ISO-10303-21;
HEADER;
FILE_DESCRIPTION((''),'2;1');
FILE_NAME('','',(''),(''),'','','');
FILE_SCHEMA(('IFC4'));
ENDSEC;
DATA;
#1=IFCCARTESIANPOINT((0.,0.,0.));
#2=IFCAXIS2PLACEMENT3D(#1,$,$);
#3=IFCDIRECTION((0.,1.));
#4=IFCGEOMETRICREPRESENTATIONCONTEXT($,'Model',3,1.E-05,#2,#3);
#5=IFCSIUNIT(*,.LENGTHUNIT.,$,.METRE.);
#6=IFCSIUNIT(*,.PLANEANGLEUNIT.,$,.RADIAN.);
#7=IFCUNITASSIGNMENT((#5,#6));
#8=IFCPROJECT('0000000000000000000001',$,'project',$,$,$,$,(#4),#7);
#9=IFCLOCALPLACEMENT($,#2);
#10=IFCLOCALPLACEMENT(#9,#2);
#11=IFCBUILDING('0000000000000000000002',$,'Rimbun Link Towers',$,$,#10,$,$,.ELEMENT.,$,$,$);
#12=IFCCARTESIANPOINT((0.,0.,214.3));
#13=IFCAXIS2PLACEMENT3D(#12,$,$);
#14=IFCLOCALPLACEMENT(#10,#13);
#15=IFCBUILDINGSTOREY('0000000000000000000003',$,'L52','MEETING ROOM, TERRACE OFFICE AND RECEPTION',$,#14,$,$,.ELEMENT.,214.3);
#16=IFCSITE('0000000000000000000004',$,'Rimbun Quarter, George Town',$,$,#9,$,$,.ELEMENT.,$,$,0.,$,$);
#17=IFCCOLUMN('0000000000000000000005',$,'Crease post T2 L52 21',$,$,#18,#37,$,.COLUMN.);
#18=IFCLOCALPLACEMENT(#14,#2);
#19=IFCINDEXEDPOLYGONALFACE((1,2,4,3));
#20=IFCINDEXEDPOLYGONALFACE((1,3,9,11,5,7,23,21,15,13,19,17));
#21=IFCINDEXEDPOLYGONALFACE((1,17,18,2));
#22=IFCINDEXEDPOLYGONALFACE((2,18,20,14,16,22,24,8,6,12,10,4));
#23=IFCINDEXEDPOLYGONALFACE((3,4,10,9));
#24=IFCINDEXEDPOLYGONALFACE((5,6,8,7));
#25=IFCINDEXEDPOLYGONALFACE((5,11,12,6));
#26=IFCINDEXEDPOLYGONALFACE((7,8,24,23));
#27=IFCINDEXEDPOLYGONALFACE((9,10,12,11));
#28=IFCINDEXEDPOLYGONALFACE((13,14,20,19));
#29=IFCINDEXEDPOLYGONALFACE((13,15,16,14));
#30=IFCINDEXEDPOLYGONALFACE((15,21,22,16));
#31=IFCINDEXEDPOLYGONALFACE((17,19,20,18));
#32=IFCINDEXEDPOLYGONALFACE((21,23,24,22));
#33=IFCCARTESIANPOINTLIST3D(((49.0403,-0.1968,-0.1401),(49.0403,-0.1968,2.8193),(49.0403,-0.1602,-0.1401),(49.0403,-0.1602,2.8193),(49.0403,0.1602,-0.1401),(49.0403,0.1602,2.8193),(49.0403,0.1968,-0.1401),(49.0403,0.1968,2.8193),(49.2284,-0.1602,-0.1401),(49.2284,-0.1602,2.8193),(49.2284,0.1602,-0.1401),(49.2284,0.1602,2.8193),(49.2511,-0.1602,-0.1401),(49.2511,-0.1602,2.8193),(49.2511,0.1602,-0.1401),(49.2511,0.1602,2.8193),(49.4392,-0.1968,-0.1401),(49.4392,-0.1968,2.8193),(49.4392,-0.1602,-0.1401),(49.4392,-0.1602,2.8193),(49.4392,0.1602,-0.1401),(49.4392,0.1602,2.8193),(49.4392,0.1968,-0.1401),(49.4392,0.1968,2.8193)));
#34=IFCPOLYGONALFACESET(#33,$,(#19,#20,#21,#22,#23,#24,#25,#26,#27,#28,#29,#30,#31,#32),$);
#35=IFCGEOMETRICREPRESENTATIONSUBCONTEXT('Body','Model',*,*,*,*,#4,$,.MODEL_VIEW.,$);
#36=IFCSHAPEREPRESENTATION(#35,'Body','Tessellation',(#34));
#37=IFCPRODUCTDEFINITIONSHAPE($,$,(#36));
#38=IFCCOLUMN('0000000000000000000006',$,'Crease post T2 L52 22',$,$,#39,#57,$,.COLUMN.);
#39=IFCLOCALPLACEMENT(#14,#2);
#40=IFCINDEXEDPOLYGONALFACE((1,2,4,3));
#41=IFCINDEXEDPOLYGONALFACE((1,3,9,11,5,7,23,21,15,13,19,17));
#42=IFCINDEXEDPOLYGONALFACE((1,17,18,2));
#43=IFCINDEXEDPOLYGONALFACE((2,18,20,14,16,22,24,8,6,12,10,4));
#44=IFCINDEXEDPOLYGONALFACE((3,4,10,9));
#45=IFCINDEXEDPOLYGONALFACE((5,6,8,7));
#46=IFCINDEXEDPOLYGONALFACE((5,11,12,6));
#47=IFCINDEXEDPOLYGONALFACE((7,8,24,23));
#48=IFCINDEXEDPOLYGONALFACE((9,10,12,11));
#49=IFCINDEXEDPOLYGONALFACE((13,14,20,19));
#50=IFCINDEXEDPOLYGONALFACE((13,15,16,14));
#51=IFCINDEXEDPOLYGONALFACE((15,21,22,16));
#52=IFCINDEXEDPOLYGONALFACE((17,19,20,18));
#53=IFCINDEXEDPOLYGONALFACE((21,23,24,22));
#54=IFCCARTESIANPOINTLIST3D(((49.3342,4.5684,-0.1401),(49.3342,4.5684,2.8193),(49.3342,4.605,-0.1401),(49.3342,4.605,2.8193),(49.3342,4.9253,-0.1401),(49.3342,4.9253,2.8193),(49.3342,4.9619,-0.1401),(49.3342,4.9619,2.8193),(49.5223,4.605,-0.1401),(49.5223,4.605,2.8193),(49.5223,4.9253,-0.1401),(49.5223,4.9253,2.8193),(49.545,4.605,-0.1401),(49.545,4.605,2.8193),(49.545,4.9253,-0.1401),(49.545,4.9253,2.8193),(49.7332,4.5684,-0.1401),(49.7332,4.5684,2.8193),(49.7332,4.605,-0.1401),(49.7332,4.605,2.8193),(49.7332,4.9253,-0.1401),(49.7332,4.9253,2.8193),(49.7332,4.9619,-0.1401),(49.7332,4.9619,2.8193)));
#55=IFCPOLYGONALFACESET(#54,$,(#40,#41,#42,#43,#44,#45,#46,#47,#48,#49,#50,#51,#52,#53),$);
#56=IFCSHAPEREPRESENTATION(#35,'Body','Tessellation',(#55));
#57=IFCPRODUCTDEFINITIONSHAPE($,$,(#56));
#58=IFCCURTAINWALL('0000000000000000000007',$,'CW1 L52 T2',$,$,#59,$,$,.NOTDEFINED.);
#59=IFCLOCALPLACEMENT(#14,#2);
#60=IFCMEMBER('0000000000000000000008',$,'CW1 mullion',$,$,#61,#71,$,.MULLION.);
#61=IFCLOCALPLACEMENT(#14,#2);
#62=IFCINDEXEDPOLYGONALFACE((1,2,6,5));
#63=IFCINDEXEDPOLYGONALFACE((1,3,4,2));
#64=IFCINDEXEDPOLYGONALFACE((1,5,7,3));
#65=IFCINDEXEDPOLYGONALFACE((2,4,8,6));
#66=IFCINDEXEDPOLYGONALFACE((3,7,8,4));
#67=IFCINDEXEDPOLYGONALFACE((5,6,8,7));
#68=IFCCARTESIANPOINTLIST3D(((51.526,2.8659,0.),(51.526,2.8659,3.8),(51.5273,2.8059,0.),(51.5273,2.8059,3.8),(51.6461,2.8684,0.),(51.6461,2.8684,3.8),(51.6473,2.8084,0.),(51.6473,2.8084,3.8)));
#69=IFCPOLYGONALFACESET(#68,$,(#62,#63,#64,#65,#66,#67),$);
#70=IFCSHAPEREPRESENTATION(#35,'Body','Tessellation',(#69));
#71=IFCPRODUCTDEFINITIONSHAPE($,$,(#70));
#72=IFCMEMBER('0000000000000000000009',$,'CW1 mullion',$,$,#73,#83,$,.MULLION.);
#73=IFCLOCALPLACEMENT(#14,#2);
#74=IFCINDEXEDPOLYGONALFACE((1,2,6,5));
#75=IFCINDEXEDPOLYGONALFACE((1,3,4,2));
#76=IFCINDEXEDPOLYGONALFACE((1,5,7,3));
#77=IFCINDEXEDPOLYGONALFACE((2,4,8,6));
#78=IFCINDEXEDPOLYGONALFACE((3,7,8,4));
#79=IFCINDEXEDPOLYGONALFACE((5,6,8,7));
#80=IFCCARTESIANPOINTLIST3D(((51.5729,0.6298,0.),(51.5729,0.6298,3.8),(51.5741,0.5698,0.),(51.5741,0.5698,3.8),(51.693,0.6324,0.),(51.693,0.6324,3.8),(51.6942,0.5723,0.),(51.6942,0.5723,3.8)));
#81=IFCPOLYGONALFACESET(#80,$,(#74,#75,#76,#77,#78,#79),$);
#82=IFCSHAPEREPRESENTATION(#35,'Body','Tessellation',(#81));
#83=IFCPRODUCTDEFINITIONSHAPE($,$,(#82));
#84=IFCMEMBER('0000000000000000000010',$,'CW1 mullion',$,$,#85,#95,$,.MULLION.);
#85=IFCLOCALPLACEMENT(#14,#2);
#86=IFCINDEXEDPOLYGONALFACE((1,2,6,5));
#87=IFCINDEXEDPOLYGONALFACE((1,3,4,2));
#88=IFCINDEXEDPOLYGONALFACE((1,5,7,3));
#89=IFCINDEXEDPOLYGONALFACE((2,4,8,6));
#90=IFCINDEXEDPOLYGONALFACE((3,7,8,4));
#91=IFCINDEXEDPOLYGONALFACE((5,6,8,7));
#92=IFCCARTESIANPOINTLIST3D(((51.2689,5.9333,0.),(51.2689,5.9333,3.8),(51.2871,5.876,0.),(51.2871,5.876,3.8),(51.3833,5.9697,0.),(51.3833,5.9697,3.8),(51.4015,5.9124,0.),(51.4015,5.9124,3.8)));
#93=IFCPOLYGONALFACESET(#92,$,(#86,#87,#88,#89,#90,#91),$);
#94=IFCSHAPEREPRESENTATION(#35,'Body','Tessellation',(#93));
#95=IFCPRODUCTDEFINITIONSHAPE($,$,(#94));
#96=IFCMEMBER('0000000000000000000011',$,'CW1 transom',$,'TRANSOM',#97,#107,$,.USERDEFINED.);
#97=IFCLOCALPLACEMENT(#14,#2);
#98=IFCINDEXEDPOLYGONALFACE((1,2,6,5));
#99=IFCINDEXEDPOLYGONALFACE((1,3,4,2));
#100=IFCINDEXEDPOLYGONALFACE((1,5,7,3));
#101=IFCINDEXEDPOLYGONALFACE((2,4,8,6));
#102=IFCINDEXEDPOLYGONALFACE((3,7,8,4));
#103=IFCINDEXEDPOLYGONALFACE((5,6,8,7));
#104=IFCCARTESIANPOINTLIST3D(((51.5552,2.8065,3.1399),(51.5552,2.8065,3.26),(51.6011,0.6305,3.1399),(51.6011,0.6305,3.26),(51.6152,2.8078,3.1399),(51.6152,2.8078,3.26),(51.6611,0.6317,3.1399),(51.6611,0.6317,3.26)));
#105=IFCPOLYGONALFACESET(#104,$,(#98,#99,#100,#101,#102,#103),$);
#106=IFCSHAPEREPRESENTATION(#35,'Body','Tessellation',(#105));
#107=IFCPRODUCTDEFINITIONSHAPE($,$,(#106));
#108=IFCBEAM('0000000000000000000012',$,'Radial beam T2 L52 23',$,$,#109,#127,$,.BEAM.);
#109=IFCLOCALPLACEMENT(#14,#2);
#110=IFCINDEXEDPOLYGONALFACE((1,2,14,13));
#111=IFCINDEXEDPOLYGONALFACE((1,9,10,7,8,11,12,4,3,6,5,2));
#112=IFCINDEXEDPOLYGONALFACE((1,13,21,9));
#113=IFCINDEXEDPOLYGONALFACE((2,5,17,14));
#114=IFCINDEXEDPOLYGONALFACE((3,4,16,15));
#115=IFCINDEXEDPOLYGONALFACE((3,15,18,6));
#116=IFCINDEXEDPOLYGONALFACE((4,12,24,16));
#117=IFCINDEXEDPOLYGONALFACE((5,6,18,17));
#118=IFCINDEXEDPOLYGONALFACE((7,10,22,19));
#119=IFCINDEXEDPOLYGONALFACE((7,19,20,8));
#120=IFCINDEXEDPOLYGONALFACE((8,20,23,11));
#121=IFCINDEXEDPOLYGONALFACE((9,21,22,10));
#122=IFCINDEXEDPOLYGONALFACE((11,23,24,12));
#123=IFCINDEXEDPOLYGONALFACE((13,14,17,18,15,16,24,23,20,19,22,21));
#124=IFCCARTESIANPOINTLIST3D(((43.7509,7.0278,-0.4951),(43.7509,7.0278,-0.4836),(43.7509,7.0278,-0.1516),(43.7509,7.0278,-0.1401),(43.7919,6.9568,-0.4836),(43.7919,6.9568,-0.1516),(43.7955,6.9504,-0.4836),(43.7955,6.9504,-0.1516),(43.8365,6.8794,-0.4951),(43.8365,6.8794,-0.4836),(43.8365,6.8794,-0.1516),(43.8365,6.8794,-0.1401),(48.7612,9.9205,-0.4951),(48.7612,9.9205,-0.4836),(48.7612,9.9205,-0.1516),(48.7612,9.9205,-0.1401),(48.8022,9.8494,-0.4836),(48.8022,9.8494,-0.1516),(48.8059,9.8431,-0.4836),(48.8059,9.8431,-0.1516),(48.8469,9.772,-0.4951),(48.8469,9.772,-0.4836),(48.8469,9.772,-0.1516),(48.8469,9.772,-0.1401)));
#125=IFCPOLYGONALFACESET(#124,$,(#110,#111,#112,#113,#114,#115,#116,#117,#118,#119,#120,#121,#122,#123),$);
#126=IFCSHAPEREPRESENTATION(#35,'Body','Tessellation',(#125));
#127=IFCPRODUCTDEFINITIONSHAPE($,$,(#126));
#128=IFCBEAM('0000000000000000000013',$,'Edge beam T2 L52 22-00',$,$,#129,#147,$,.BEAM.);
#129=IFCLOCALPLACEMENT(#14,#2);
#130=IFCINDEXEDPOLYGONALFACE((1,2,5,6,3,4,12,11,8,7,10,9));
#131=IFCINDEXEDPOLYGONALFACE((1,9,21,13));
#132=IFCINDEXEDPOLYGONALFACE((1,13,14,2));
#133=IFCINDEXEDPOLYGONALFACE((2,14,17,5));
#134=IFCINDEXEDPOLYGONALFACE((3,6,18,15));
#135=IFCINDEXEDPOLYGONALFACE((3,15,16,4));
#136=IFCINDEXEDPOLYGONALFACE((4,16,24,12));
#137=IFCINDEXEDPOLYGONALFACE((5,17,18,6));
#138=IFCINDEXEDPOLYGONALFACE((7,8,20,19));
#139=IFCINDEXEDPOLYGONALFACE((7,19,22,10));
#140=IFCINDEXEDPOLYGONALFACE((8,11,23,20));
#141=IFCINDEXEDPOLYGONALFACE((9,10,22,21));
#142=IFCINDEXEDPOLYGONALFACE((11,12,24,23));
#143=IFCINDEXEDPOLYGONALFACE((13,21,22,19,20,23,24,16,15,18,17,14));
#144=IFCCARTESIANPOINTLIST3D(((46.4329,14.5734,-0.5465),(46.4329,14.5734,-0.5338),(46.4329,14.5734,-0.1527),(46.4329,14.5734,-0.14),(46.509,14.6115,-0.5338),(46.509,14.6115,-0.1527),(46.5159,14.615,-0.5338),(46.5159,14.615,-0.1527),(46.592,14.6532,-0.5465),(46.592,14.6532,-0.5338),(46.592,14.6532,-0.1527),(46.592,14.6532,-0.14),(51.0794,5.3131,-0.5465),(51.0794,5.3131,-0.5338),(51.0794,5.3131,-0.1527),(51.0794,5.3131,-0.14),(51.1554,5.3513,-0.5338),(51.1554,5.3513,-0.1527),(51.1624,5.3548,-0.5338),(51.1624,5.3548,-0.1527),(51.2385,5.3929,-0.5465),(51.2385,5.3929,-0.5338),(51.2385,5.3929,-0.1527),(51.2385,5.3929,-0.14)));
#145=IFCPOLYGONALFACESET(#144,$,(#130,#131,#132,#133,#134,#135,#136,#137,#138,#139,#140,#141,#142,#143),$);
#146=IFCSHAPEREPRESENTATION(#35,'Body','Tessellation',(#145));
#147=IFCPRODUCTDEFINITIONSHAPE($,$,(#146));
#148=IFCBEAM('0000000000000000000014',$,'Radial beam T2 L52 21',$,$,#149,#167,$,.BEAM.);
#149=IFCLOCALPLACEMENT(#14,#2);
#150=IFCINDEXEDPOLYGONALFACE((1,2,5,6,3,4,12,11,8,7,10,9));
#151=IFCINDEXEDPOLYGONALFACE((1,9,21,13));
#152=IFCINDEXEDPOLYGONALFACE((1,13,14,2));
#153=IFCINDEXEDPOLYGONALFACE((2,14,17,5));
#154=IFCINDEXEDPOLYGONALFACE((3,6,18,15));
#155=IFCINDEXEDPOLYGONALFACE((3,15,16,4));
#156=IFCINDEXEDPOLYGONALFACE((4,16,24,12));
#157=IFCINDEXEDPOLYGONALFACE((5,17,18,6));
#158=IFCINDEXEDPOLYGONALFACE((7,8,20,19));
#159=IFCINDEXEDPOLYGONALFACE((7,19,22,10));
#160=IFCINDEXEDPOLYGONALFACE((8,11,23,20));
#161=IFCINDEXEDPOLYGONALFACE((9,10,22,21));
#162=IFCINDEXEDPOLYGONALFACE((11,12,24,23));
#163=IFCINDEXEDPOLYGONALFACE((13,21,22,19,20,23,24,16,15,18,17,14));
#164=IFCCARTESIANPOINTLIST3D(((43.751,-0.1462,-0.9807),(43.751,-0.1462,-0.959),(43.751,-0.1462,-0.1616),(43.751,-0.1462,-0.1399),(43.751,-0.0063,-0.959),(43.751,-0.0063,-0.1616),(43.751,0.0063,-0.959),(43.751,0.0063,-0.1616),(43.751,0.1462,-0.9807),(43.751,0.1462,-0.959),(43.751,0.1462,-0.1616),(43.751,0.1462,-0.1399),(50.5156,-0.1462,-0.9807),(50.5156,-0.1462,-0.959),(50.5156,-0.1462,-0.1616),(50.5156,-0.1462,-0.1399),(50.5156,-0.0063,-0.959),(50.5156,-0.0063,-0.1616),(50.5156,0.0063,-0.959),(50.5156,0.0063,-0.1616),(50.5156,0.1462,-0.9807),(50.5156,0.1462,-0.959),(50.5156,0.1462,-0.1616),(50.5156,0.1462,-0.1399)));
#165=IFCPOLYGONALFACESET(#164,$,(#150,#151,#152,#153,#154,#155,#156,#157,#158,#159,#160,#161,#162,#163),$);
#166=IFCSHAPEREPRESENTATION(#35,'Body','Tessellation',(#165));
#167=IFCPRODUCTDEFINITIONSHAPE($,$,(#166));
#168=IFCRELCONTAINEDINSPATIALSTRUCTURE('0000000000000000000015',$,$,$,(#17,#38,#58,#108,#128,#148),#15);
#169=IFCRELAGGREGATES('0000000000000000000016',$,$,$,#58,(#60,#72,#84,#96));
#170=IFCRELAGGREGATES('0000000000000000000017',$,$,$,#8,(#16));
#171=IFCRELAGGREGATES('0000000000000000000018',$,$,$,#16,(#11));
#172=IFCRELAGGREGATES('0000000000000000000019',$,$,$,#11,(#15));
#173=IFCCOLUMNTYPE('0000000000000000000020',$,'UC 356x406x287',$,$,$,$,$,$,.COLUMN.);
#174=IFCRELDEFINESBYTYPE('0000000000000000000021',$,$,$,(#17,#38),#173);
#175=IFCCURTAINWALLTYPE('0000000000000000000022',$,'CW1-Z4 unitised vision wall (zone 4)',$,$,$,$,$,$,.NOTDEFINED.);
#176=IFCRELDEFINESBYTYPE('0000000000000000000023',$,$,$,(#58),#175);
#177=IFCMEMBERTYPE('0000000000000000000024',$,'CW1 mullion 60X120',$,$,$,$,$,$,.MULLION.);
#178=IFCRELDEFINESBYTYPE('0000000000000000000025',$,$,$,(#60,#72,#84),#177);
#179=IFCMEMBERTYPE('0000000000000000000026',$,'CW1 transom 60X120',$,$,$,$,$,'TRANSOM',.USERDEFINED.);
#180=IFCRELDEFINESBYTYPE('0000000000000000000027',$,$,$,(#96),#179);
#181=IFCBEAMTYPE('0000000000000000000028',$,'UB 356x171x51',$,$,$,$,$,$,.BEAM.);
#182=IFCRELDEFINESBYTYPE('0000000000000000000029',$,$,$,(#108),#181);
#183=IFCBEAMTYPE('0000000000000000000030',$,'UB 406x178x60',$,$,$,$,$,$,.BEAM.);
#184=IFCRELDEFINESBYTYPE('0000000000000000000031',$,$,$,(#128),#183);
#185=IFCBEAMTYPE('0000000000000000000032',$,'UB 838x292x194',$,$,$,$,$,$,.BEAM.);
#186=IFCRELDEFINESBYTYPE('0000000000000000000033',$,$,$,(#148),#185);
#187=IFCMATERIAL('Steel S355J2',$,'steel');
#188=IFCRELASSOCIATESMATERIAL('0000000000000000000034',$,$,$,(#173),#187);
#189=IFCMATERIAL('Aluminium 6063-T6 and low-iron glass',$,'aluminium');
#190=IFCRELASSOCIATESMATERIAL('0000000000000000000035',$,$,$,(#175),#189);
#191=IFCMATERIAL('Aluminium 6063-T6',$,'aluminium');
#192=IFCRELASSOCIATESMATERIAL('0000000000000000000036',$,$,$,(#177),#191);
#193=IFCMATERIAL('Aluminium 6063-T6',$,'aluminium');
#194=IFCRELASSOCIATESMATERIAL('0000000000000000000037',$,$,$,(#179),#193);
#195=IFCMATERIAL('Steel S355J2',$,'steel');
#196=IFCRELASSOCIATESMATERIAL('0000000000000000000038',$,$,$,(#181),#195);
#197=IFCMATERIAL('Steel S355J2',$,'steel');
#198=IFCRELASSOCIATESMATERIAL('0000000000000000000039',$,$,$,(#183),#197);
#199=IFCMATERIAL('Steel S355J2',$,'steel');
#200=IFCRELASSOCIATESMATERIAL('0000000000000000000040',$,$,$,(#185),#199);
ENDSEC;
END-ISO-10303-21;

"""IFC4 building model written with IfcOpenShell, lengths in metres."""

from ifc_helpers import new_model, si_unit, direction, frame, origin, origin_2d, place, context, subcontext, project, spatial, rectangle, i_section, extrude, material, material_profile, profile_set, type_object, element, aggregate, save


model = new_model("IFC4")

# Units and contexts
model_context = context("Model", 3, precision=1e-05, world=origin(), true_north=direction((0.0, 1.0)))
body_context = subcontext(model_context, "Body", "Model", "MODEL_VIEW")
ifc_project = project(units=[si_unit("LENGTHUNIT", "METRE"), si_unit("PLANEANGLEUNIT", "RADIAN")], contexts=[model_context])

# Site, building, storey
site_placement = place(None, origin())
site = spatial("IfcSite", under=ifc_project, at=site_placement, Name="Rimbun Quarter, George Town", CompositionType="ELEMENT", RefElevation=0.0)
building_placement = place(site_placement, origin())
building = spatial("IfcBuilding", under=site, at=building_placement, Name="Rimbun Link Towers", CompositionType="ELEMENT")
storey_placement = place(building_placement, frame((0.0, 0.0, 214.3)))
storey = spatial("IfcBuildingStorey", under=building, at=storey_placement, Name="L52", Description="MEETING ROOM, TERRACE OFFICE AND RECEPTION", CompositionType="ELEMENT", Elevation=214.3)

# Columns
ifc_material_1 = material(Name="Steel S355J2", Category="steel")
ifc_material_profile_1 = material_profile(ifc_material_1, i_section(OverallWidth=0.3989, OverallDepth=0.3936, WebThickness=0.0227, FlangeThickness=0.0366, at=origin_2d()), Name="UC 356x406x287")
ifc_profile_set_1 = profile_set([ifc_material_profile_1], Name="Steel S355J2")
column_type = type_object("IfcColumnType", Name="UC 356x406x287", PredefinedType="COLUMN", material=ifc_profile_set_1)
for number, where, z_axis, x_axis, name in (
    (1, (49.2397, 0.0, -0.1401), (0.0, 0.0, 1.0), (1.0, 0.0, 0.0), "Crease post T2 L52 21"),
    (2, (49.5337, 4.7651, -0.1401), (0.0, 0.0, 1.0), (1.0, 0.0, 0.0), "Crease post T2 L52 22"),
):
    element("IfcColumn", number, at=place(storey_placement, frame(where, z_axis=z_axis, x_axis=x_axis)), inside=storey, type_object=column_type, Name=name, PredefinedType="COLUMN", context=body_context, shape_type="SweptSolid", body=[
        extrude(i_section(OverallWidth=0.3989, OverallDepth=0.3936, WebThickness=0.0227, FlangeThickness=0.0366, at=origin_2d()), origin(), (0.0, 0.0, 1.0), 2.9595),
    ])

# Curtain wall, members
ifc_material_2 = material(Name="Aluminium 6063-T6 and low-iron glass", Category="aluminium")
curtain_wall_type = type_object("IfcCurtainWallType", Name="CW1-Z4 unitised vision wall (zone 4)", PredefinedType="NOTDEFINED", material=ifc_material_2)
curtain_wall_placement = place(storey_placement, origin())
curtain_wall = element("IfcCurtainWall", 3, at=curtain_wall_placement, inside=storey, type_object=curtain_wall_type, Name="CW1 L52 T2", PredefinedType="NOTDEFINED")
ifc_material_3 = material(Name="Aluminium 6063-T6", Category="aluminium")
ifc_material_profile_2 = material_profile(ifc_material_3, rectangle(XDim=0.1201, YDim=0.0601, at=origin_2d()), Name="MULLION 60X120")
ifc_profile_set_2 = profile_set([ifc_material_profile_2], Name="Aluminium 6063-T6")
member_type_1 = type_object("IfcMemberType", Name="CW1 mullion 60X120", PredefinedType="MULLION", material=ifc_profile_set_2)
member_1_placement = place(storey_placement, frame((51.5867, 2.8372, 0.0), z_axis=(0.0, 0.0, 1.0), x_axis=(0.999778, 0.021054, 0.0)))
member_1 = element("IfcMember", 4, at=member_1_placement, type_object=member_type_1, Name="CW1 mullion", PredefinedType="MULLION", context=body_context, shape_type="SweptSolid", body=[
    extrude(rectangle(XDim=0.1201, YDim=0.0601, at=origin_2d()), origin(), (0.0, 0.0, 1.0), 3.8),
])
member_2_placement = place(storey_placement, frame((51.6335, 0.6011, 0.0), z_axis=(0.0, 0.0, 1.0), x_axis=(0.999778, 0.021054, 0.0)))
member_2 = element("IfcMember", 5, at=member_2_placement, type_object=member_type_1, Name="CW1 mullion", PredefinedType="MULLION", context=body_context, shape_type="SweptSolid", body=[
    extrude(rectangle(XDim=0.1201, YDim=0.0601, at=origin_2d()), origin(), (0.0, 0.0, 1.0), 3.8),
])
member_3_placement = place(storey_placement, frame((51.3352, 5.9229, 0.0), z_axis=(0.0, 0.0, 1.0), x_axis=(0.952969, 0.303068, 0.0)))
member_3 = element("IfcMember", 6, at=member_3_placement, type_object=member_type_1, Name="CW1 mullion", PredefinedType="MULLION", context=body_context, shape_type="SweptSolid", body=[
    extrude(rectangle(XDim=0.1201, YDim=0.0601, at=origin_2d()), origin(), (0.0, 0.0, 1.0), 3.8),
])
ifc_material_4 = material(Name="Aluminium 6063-T6", Category="aluminium")
ifc_material_profile_3 = material_profile(ifc_material_4, rectangle(XDim=0.0601, YDim=0.1201, at=origin_2d()), Name="TRANSOM 60X120")
ifc_profile_set_3 = profile_set([ifc_material_profile_3], Name="Aluminium 6063-T6")
member_type_2 = type_object("IfcMemberType", Name="CW1 transom 60X120", ElementType="TRANSOM", PredefinedType="USERDEFINED", material=ifc_profile_set_3)
member_4_placement = place(storey_placement, frame((51.5852, 2.8071, 3.2), z_axis=(0.021088, -0.999778, 0.0), x_axis=(0.999778, 0.021088, 0.0)))
member_4 = element("IfcMember", 7, at=member_4_placement, type_object=member_type_2, Name="CW1 transom", ObjectType="TRANSOM", PredefinedType="USERDEFINED", context=body_context, shape_type="SweptSolid", body=[
    extrude(rectangle(XDim=0.0601, YDim=0.1201, at=origin_2d()), origin(), (0.0, 0.0, 1.0), 2.1765),
])

# Beams
ifc_material_5 = material(Name="Steel S355J2", Category="steel")
ifc_material_profile_4 = material_profile(ifc_material_5, i_section(OverallWidth=0.1714, OverallDepth=0.355, WebThickness=0.0073, FlangeThickness=0.0115, at=origin_2d()), Name="UB 356x171x51")
ifc_profile_set_4 = profile_set([ifc_material_profile_4], Name="Steel S355J2")
beam_type_1 = type_object("IfcBeamType", Name="UB 356x171x51", PredefinedType="BEAM", material=ifc_profile_set_4)
beam_1_placement = place(storey_placement, frame((43.7937, 6.9536, -0.3176), z_axis=(0.866032, 0.499988, 0.0), x_axis=(-0.499988, 0.866032, 0.0)))
element("IfcBeam", 8, at=beam_1_placement, inside=storey, type_object=beam_type_1, Name="Radial beam T2 L52 23", PredefinedType="BEAM", context=body_context, shape_type="SweptSolid", body=[
    extrude(i_section(OverallWidth=0.1714, OverallDepth=0.355, WebThickness=0.0073, FlangeThickness=0.0115, at=origin_2d()), origin(), (0.0, 0.0, 1.0), 5.7854),
])
ifc_material_6 = material(Name="Steel S355J2", Category="steel")
ifc_material_profile_5 = material_profile(ifc_material_6, i_section(OverallWidth=0.178, OverallDepth=0.4065, WebThickness=0.0078, FlangeThickness=0.0127, at=origin_2d()), Name="UB 406x178x60")
ifc_profile_set_5 = profile_set([ifc_material_profile_5], Name="Steel S355J2")
beam_type_2 = type_object("IfcBeamType", Name="UB 406x178x60", PredefinedType="BEAM", material=ifc_profile_set_5)
beam_2_placement = place(storey_placement, frame((51.1589, 5.353, -0.3433), z_axis=(-0.448476, 0.893795, 0.0), x_axis=(-0.893795, -0.448476, 0.0)))
element("IfcBeam", 9, at=beam_2_placement, inside=storey, type_object=beam_type_2, Name="Edge beam T2 L52 22-00", PredefinedType="BEAM", context=body_context, shape_type="SweptSolid", body=[
    extrude(i_section(OverallWidth=0.178, OverallDepth=0.4065, WebThickness=0.0078, FlangeThickness=0.0127, at=origin_2d()), origin(), (0.0, 0.0, 1.0), 10.3606),
])
ifc_material_7 = material(Name="Steel S355J2", Category="steel")
ifc_material_profile_6 = material_profile(ifc_material_7, i_section(OverallWidth=0.2925, OverallDepth=0.8408, WebThickness=0.0127, FlangeThickness=0.0217, at=origin_2d()), Name="UB 838x292x194")
ifc_profile_set_6 = profile_set([ifc_material_profile_6], Name="Steel S355J2")
beam_type_3 = type_object("IfcBeamType", Name="UB 838x292x194", PredefinedType="BEAM", material=ifc_profile_set_6)
beam_3_placement = place(storey_placement, frame((43.751, 0.0, -0.5603), z_axis=(1.0, 0.0, 0.0), x_axis=(0.0, 1.0, 0.0)))
element("IfcBeam", 10, at=beam_3_placement, inside=storey, type_object=beam_type_3, Name="Radial beam T2 L52 21", PredefinedType="BEAM", context=body_context, shape_type="SweptSolid", body=[
    extrude(i_section(OverallWidth=0.2925, OverallDepth=0.8408, WebThickness=0.0127, FlangeThickness=0.0217, at=origin_2d()), origin(), (0.0, 0.0, 1.0), 6.7646),
])

aggregate(curtain_wall, [member_1, member_2, member_3, member_4])

save(model, "model.ifc")
